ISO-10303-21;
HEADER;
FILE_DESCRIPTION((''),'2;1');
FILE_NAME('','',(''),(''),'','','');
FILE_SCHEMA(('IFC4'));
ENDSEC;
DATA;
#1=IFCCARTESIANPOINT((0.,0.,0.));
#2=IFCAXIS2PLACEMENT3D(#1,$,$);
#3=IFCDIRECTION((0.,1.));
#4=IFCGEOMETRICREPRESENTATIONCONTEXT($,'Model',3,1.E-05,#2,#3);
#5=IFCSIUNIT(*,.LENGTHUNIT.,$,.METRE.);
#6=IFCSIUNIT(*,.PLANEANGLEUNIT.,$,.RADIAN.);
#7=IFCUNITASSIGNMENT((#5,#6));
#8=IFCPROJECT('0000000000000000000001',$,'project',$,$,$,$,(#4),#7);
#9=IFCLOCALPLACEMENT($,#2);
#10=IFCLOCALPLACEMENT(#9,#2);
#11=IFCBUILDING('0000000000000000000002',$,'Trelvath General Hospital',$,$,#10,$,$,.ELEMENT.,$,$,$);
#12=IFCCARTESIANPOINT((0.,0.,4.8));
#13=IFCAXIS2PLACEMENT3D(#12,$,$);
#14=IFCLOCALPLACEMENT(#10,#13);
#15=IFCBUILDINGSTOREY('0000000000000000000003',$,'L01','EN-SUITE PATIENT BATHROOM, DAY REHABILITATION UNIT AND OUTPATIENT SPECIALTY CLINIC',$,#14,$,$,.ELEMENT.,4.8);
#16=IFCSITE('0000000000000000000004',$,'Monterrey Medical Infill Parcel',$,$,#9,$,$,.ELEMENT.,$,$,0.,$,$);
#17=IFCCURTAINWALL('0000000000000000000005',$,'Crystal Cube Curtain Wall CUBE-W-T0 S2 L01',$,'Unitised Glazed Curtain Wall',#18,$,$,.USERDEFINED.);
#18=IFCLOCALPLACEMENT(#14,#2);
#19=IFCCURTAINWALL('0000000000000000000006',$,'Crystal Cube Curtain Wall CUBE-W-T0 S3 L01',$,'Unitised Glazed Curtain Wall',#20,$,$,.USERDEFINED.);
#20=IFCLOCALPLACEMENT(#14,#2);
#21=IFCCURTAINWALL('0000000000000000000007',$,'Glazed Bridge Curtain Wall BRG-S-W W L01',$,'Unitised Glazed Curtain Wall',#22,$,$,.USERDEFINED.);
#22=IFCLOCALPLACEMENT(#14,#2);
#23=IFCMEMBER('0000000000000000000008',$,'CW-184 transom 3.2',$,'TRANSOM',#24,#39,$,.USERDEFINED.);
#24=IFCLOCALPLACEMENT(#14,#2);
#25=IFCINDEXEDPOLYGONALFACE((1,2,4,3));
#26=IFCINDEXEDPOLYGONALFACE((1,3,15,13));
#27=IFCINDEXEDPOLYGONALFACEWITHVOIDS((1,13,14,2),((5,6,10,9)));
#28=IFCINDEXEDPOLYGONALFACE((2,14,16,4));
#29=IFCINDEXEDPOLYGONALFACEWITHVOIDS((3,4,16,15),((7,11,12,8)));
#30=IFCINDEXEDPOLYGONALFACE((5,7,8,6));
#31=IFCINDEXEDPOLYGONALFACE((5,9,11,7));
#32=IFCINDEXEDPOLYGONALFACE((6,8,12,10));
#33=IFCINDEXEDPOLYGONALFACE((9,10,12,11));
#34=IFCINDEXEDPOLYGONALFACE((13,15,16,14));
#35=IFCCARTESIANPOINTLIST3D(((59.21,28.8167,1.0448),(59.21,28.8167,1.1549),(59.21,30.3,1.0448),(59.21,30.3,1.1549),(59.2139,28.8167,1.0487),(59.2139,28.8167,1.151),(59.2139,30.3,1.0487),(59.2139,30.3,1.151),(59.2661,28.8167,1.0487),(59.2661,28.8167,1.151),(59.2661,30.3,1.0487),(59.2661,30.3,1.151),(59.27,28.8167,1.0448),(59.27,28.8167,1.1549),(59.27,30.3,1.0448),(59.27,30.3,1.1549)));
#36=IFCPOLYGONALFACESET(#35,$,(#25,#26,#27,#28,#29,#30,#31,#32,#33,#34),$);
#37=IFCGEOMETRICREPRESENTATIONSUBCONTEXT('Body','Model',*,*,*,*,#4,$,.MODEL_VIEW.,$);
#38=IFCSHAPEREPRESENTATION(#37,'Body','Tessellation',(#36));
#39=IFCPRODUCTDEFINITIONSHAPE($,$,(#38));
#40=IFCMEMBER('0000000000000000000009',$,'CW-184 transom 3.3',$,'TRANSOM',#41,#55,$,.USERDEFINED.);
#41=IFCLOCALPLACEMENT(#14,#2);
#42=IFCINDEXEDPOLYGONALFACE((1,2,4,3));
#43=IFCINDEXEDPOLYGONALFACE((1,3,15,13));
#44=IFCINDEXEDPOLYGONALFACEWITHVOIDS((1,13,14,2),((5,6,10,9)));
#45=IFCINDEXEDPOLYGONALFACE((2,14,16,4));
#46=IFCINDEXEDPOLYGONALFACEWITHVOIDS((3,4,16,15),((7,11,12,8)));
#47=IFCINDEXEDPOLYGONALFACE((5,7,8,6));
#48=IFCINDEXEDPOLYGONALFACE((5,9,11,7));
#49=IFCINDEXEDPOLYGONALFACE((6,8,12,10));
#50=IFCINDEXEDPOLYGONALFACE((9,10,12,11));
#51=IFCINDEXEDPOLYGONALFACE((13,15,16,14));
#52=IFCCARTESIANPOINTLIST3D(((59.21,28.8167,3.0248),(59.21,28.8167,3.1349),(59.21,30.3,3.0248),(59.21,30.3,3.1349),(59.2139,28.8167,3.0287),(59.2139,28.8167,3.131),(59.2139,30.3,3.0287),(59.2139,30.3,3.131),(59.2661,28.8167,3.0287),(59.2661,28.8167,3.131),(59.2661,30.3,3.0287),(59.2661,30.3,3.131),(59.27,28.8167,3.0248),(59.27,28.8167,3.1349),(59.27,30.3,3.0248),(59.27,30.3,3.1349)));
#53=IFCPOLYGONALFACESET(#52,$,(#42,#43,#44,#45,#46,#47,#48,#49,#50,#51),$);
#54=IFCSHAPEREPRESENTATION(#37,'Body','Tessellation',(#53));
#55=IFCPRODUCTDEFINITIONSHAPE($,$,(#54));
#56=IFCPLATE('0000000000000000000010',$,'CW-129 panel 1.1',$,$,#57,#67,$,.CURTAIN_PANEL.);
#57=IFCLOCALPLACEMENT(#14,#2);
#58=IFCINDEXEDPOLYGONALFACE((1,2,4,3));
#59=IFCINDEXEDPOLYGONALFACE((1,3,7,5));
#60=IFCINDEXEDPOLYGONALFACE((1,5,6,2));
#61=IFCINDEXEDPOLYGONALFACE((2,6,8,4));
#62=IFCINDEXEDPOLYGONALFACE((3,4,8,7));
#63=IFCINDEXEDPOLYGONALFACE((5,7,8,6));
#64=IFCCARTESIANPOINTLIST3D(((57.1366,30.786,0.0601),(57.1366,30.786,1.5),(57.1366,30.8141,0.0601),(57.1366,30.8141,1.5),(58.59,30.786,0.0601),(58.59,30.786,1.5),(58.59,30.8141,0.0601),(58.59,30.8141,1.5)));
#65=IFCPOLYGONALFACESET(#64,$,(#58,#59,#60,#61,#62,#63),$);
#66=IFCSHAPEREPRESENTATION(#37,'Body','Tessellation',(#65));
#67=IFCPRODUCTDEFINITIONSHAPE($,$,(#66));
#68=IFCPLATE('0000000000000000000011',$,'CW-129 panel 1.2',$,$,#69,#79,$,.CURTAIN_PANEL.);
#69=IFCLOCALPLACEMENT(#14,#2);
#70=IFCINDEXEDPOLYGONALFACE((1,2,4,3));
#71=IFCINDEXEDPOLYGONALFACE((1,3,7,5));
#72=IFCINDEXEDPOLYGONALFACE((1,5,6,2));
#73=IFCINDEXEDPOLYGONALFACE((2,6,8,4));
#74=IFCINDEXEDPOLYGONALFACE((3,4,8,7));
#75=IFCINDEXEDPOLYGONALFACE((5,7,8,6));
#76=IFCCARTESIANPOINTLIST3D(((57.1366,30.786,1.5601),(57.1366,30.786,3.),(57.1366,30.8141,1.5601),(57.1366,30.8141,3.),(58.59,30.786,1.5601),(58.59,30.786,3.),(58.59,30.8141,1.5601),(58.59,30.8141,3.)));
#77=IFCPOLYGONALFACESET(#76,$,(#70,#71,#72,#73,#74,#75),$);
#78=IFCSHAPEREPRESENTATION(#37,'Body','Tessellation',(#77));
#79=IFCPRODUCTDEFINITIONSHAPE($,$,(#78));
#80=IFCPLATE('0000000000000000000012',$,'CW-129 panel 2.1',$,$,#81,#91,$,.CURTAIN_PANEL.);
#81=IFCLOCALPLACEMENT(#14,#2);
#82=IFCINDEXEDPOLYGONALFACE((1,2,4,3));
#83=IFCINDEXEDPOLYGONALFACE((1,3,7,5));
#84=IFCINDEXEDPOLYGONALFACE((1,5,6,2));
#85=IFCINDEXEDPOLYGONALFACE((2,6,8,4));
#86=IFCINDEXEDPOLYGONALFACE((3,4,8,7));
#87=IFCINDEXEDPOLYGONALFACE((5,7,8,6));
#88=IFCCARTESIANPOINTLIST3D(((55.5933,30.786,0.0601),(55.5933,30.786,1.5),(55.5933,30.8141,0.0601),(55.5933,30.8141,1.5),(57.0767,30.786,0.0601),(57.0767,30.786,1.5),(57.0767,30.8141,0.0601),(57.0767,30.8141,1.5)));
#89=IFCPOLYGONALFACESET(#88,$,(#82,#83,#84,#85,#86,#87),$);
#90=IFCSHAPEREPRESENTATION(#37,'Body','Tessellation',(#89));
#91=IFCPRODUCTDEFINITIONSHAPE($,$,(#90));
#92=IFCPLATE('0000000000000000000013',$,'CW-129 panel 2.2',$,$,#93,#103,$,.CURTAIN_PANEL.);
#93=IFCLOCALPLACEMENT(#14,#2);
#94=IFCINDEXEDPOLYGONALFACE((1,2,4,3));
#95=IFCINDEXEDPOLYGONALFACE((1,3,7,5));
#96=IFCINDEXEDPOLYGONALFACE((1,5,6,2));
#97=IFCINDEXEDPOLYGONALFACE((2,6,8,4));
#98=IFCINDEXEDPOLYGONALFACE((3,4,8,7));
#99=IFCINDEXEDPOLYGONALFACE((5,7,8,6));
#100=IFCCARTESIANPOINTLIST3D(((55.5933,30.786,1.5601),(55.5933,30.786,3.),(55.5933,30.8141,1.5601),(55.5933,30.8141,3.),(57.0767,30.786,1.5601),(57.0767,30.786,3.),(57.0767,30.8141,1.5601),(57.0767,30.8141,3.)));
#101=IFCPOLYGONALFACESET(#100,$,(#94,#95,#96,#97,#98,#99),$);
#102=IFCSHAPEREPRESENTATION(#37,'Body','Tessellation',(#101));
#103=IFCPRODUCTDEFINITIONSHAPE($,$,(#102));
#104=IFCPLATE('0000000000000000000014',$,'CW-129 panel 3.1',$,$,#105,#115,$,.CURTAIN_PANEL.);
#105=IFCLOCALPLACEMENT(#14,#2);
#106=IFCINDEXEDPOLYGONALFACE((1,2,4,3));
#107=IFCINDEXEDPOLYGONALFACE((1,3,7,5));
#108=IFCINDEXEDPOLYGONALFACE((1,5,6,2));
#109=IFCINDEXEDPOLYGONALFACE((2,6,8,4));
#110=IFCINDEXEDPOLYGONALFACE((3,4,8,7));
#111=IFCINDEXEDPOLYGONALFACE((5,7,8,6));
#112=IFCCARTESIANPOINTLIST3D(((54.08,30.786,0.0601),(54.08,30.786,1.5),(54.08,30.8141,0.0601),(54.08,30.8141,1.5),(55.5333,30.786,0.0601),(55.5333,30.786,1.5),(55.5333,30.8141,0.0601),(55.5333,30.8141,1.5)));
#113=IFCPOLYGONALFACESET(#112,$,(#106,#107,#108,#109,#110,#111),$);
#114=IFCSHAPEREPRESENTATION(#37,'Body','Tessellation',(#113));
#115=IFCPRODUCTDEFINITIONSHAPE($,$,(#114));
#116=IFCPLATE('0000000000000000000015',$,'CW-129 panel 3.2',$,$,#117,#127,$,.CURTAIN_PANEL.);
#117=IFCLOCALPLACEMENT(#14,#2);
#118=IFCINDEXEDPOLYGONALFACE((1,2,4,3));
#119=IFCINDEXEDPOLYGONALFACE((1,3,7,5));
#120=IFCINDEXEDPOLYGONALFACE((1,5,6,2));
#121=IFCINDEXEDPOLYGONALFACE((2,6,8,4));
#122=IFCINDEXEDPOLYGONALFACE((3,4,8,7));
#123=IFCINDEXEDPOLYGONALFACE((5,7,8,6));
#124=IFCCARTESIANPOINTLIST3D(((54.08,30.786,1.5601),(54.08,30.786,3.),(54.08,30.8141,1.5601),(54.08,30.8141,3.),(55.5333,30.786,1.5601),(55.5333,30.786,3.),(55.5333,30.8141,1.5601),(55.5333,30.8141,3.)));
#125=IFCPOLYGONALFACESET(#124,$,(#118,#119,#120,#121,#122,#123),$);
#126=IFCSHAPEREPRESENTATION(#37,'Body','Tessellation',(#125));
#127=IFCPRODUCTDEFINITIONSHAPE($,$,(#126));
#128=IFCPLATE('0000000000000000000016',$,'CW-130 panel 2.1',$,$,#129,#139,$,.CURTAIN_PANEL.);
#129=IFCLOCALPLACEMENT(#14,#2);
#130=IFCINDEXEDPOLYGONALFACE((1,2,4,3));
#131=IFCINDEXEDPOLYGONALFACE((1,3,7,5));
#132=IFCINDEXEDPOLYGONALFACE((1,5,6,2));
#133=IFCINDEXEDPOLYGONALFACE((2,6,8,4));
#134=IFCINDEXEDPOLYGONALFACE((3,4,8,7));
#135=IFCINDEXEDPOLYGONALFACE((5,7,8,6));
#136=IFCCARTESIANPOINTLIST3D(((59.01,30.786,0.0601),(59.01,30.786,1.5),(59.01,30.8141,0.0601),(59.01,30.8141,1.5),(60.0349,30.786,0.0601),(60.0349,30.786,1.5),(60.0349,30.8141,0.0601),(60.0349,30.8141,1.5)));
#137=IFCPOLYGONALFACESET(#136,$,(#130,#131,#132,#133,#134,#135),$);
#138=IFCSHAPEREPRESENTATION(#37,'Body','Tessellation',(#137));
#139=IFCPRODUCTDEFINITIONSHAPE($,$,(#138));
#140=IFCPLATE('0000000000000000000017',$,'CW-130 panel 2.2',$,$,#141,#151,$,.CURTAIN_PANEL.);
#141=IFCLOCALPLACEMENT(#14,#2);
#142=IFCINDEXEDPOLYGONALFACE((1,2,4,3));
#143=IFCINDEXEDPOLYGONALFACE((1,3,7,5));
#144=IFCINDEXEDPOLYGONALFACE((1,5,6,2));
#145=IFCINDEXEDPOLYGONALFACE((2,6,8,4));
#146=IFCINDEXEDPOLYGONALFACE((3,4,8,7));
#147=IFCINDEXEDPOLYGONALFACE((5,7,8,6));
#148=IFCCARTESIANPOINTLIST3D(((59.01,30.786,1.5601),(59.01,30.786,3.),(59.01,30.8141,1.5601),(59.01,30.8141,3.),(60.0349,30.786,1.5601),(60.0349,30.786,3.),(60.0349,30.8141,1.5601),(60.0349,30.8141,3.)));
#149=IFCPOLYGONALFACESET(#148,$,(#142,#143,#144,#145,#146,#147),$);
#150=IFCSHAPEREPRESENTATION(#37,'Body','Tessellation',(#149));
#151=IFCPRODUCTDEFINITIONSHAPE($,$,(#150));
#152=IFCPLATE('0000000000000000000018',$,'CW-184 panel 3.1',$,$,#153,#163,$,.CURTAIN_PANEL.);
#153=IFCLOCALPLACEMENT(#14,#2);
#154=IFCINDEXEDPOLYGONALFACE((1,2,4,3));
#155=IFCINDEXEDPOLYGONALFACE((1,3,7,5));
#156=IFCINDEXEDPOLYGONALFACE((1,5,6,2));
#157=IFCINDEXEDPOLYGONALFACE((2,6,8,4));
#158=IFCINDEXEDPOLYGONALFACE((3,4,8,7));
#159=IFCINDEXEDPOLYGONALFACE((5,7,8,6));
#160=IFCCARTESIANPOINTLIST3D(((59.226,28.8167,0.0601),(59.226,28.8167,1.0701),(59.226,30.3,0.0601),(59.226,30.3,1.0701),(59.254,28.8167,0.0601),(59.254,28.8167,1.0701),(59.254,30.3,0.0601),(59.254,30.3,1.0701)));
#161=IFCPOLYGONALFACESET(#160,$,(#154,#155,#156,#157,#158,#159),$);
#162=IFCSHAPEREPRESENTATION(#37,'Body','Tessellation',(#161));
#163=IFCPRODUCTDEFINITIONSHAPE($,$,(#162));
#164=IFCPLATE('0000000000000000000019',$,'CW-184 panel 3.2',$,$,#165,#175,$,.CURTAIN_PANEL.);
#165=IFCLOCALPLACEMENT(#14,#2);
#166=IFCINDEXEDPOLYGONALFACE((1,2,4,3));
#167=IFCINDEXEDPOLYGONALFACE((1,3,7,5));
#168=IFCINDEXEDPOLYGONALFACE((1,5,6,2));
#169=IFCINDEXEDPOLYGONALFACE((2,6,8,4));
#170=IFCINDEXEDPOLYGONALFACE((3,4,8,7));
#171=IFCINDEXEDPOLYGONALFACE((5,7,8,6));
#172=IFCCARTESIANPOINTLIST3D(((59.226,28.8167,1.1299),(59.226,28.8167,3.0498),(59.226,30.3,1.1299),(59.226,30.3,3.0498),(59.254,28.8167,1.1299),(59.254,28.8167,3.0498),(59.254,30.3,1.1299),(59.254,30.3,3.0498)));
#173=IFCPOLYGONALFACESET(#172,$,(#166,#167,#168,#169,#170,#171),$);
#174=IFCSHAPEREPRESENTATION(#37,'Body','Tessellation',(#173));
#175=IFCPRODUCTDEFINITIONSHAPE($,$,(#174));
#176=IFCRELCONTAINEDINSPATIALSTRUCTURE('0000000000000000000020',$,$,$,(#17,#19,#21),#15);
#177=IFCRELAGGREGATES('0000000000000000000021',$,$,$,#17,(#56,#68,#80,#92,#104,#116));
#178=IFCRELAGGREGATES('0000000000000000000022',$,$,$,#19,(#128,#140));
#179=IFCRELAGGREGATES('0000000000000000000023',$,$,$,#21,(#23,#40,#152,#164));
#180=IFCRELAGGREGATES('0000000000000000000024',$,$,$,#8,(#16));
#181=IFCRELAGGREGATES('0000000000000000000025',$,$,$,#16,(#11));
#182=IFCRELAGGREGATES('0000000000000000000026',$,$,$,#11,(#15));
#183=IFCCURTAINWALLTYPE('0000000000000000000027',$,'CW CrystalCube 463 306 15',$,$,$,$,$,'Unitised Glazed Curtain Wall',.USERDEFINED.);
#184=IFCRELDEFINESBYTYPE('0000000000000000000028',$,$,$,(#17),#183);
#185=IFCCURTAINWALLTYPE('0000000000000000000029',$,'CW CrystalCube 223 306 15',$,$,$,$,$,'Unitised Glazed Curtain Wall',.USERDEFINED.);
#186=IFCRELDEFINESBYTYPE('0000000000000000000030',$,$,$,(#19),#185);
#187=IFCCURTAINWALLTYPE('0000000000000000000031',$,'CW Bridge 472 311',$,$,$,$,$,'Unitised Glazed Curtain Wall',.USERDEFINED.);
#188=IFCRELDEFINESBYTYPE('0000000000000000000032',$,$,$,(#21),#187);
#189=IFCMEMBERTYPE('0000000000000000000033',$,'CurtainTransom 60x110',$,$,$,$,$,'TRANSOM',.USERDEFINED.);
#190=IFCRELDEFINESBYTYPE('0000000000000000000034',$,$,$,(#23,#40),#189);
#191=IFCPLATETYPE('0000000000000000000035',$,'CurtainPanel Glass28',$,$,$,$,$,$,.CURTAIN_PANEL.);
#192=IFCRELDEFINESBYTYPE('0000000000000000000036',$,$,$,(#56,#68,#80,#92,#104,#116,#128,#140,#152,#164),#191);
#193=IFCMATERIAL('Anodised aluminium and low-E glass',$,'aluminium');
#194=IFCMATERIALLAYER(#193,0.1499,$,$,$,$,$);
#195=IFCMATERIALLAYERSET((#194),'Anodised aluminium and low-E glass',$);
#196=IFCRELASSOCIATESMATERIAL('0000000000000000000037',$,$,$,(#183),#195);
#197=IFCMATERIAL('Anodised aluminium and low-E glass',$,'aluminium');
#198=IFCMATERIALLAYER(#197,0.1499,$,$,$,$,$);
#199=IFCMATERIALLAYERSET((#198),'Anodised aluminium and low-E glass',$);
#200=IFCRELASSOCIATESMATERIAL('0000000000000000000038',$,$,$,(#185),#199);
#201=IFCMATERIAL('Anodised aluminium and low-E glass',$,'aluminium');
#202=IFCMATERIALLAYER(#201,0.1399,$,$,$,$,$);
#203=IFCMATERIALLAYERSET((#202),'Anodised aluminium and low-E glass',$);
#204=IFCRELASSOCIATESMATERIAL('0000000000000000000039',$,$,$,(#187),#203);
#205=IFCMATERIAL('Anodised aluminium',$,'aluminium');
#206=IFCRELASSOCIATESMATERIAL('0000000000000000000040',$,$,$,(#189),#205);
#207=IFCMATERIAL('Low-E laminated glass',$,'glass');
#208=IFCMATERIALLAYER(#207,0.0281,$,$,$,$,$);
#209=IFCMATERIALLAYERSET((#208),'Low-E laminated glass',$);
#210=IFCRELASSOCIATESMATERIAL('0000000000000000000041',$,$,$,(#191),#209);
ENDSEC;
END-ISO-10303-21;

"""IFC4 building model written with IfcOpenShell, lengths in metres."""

from ifc_helpers import new_model, si_unit, direction, frame, origin, origin_2d, place, context, subcontext, project, spatial, rectangle, hollow_rectangle, extrude, material, layer, layer_set, material_profile, profile_set, type_object, element, aggregate, save


model = new_model("IFC4")

# Units and contexts
model_context = context("Model", 3, precision=1e-05, world=origin(), true_north=direction((0.0, 1.0)))
body_context = subcontext(model_context, "Body", "Model", "MODEL_VIEW")
ifc_project = project(units=[si_unit("LENGTHUNIT", "METRE"), si_unit("PLANEANGLEUNIT", "RADIAN")], contexts=[model_context])

# Site, building, storey
site_placement = place(None, origin())
site = spatial("IfcSite", under=ifc_project, at=site_placement, Name="Monterrey Medical Infill Parcel", CompositionType="ELEMENT", RefElevation=0.0)
building_placement = place(site_placement, origin())
building = spatial("IfcBuilding", under=site, at=building_placement, Name="Trelvath General Hospital", CompositionType="ELEMENT")
storey_placement = place(building_placement, frame((0.0, 0.0, 4.8)))
storey = spatial("IfcBuildingStorey", under=building, at=storey_placement, Name="L01", Description="EN-SUITE PATIENT BATHROOM, DAY REHABILITATION UNIT AND OUTPATIENT SPECIALTY CLINIC", CompositionType="ELEMENT", Elevation=4.8)

# Curtain walls
ifc_material_1 = material(Name="Anodised aluminium and low-E glass", Category="aluminium")
ifc_layer_1 = layer(ifc_material_1, 0.1499)
ifc_layer_set_1 = layer_set([ifc_layer_1], Name="Anodised aluminium and low-E glass")
curtain_wall_type_1 = type_object("IfcCurtainWallType", Name="CW CrystalCube 463 306 15", ElementType="Unitised Glazed Curtain Wall", PredefinedType="USERDEFINED", material=ifc_layer_set_1)
curtain_wall_1_placement = place(storey_placement, origin())
curtain_wall_1 = element("IfcCurtainWall", 1, at=curtain_wall_1_placement, inside=storey, type_object=curtain_wall_type_1, Name="Crystal Cube Curtain Wall CUBE-W-T0 S2 L01", ObjectType="Unitised Glazed Curtain Wall", PredefinedType="USERDEFINED")
ifc_material_2 = material(Name="Anodised aluminium and low-E glass", Category="aluminium")
ifc_layer_2 = layer(ifc_material_2, 0.1499)
ifc_layer_set_2 = layer_set([ifc_layer_2], Name="Anodised aluminium and low-E glass")
curtain_wall_type_2 = type_object("IfcCurtainWallType", Name="CW CrystalCube 223 306 15", ElementType="Unitised Glazed Curtain Wall", PredefinedType="USERDEFINED", material=ifc_layer_set_2)
curtain_wall_2_placement = place(storey_placement, origin())
curtain_wall_2 = element("IfcCurtainWall", 2, at=curtain_wall_2_placement, inside=storey, type_object=curtain_wall_type_2, Name="Crystal Cube Curtain Wall CUBE-W-T0 S3 L01", ObjectType="Unitised Glazed Curtain Wall", PredefinedType="USERDEFINED")
ifc_material_3 = material(Name="Anodised aluminium and low-E glass", Category="aluminium")
ifc_layer_3 = layer(ifc_material_3, 0.1399)
ifc_layer_set_3 = layer_set([ifc_layer_3], Name="Anodised aluminium and low-E glass")
curtain_wall_type_3 = type_object("IfcCurtainWallType", Name="CW Bridge 472 311", ElementType="Unitised Glazed Curtain Wall", PredefinedType="USERDEFINED", material=ifc_layer_set_3)
curtain_wall_3_placement = place(storey_placement, origin())
curtain_wall_3 = element("IfcCurtainWall", 3, at=curtain_wall_3_placement, inside=storey, type_object=curtain_wall_type_3, Name="Glazed Bridge Curtain Wall BRG-S-W W L01", ObjectType="Unitised Glazed Curtain Wall", PredefinedType="USERDEFINED")

# Members
ifc_material_4 = material(Name="Anodised aluminium", Category="aluminium")
ifc_material_profile_1 = material_profile(ifc_material_4, hollow_rectangle(XDim=0.0601, YDim=0.1101, WallThickness=0.0039, at=origin_2d()), Name="RHS60x110x4")
ifc_profile_set_1 = profile_set([ifc_material_profile_1], Name="Anodised aluminium")
member_type_1 = type_object("IfcMemberType", Name="CurtainTransom 60x110", ElementType="TRANSOM", PredefinedType="USERDEFINED", material=ifc_profile_set_1)
member_1_placement = place(storey_placement, frame((59.24, 28.8167, 1.0999), z_axis=(0.0, 1.0, 0.0), x_axis=(-1.0, 0.0, 0.0)))
member_1 = element("IfcMember", 4, at=member_1_placement, type_object=member_type_1, Name="CW-184 transom 3.2", ObjectType="TRANSOM", PredefinedType="USERDEFINED", context=body_context, shape_type="SweptSolid", body=[
    extrude(hollow_rectangle(XDim=0.0601, YDim=0.1101, WallThickness=0.0039, at=origin_2d()), origin(), (0.0, 0.0, 1.0), 1.4834),
])
member_2_placement = place(storey_placement, frame((59.24, 28.8167, 3.0798), z_axis=(0.0, 1.0, 0.0), x_axis=(-1.0, 0.0, 0.0)))
member_2 = element("IfcMember", 5, at=member_2_placement, type_object=member_type_1, Name="CW-184 transom 3.3", ObjectType="TRANSOM", PredefinedType="USERDEFINED", context=body_context, shape_type="SweptSolid", body=[
    extrude(hollow_rectangle(XDim=0.0601, YDim=0.1101, WallThickness=0.0039, at=origin_2d()), origin(), (0.0, 0.0, 1.0), 1.4834),
])

# Plates
ifc_material_5 = material(Name="Low-E laminated glass", Category="glass")
ifc_layer_4 = layer(ifc_material_5, 0.0281)
ifc_layer_set_4 = layer_set([ifc_layer_4], Name="Low-E laminated glass")
plate_type = type_object("IfcPlateType", Name="CurtainPanel Glass28", PredefinedType="CURTAIN_PANEL", material=ifc_layer_set_4)
plate_1_placement = place(storey_placement, frame((57.8633, 30.8, 0.0601), z_axis=(0.0, 0.0, 1.0), x_axis=(-1.0, 0.0, 0.0)))
plate_1 = element("IfcPlate", 6, at=plate_1_placement, type_object=plate_type, Name="CW-129 panel 1.1", PredefinedType="CURTAIN_PANEL", context=body_context, shape_type="SweptSolid", body=[
    extrude(rectangle(XDim=1.4534, YDim=0.0281, at=origin_2d()), origin(), (0.0, 0.0, 1.0), 1.4399),
])
plate_2_placement = place(storey_placement, frame((57.8633, 30.8, 1.5601), z_axis=(0.0, 0.0, 1.0), x_axis=(-1.0, 0.0, 0.0)))
plate_2 = element("IfcPlate", 7, at=plate_2_placement, type_object=plate_type, Name="CW-129 panel 1.2", PredefinedType="CURTAIN_PANEL", context=body_context, shape_type="SweptSolid", body=[
    extrude(rectangle(XDim=1.4534, YDim=0.0281, at=origin_2d()), origin(), (0.0, 0.0, 1.0), 1.4399),
])
plate_3_placement = place(storey_placement, frame((56.335, 30.8, 0.0601), z_axis=(0.0, 0.0, 1.0), x_axis=(-1.0, 0.0, 0.0)))
plate_3 = element("IfcPlate", 8, at=plate_3_placement, type_object=plate_type, Name="CW-129 panel 2.1", PredefinedType="CURTAIN_PANEL", context=body_context, shape_type="SweptSolid", body=[
    extrude(rectangle(XDim=1.4834, YDim=0.0281, at=origin_2d()), origin(), (0.0, 0.0, 1.0), 1.4399),
])
plate_4_placement = place(storey_placement, frame((56.335, 30.8, 1.5601), z_axis=(0.0, 0.0, 1.0), x_axis=(-1.0, 0.0, 0.0)))
plate_4 = element("IfcPlate", 9, at=plate_4_placement, type_object=plate_type, Name="CW-129 panel 2.2", PredefinedType="CURTAIN_PANEL", context=body_context, shape_type="SweptSolid", body=[
    extrude(rectangle(XDim=1.4834, YDim=0.0281, at=origin_2d()), origin(), (0.0, 0.0, 1.0), 1.4399),
])
plate_5_placement = place(storey_placement, frame((54.8066, 30.8, 0.0601), z_axis=(0.0, 0.0, 1.0), x_axis=(-1.0, 0.0, 0.0)))
plate_5 = element("IfcPlate", 10, at=plate_5_placement, type_object=plate_type, Name="CW-129 panel 3.1", PredefinedType="CURTAIN_PANEL", context=body_context, shape_type="SweptSolid", body=[
    extrude(rectangle(XDim=1.4534, YDim=0.0281, at=origin_2d()), origin(), (0.0, 0.0, 1.0), 1.4399),
])
plate_6_placement = place(storey_placement, frame((54.8066, 30.8, 1.5601), z_axis=(0.0, 0.0, 1.0), x_axis=(-1.0, 0.0, 0.0)))
plate_6 = element("IfcPlate", 11, at=plate_6_placement, type_object=plate_type, Name="CW-129 panel 3.2", PredefinedType="CURTAIN_PANEL", context=body_context, shape_type="SweptSolid", body=[
    extrude(rectangle(XDim=1.4534, YDim=0.0281, at=origin_2d()), origin(), (0.0, 0.0, 1.0), 1.4399),
])
aggregate(curtain_wall_1, [plate_1, plate_2, plate_3, plate_4, plate_5, plate_6])
plate_7_placement = place(storey_placement, frame((59.5225, 30.8, 0.0601), z_axis=(0.0, 0.0, 1.0), x_axis=(-1.0, 0.0, 0.0)))
plate_7 = element("IfcPlate", 12, at=plate_7_placement, type_object=plate_type, Name="CW-130 panel 2.1", PredefinedType="CURTAIN_PANEL", context=body_context, shape_type="SweptSolid", body=[
    extrude(rectangle(XDim=1.0249, YDim=0.0281, at=origin_2d()), origin(), (0.0, 0.0, 1.0), 1.4399),
])
plate_8_placement = place(storey_placement, frame((59.5225, 30.8, 1.5601), z_axis=(0.0, 0.0, 1.0), x_axis=(-1.0, 0.0, 0.0)))
plate_8 = element("IfcPlate", 13, at=plate_8_placement, type_object=plate_type, Name="CW-130 panel 2.2", PredefinedType="CURTAIN_PANEL", context=body_context, shape_type="SweptSolid", body=[
    extrude(rectangle(XDim=1.0249, YDim=0.0281, at=origin_2d()), origin(), (0.0, 0.0, 1.0), 1.4399),
])
aggregate(curtain_wall_2, [plate_7, plate_8])
plate_9_placement = place(storey_placement, frame((59.24, 29.5583, 0.0601), z_axis=(0.0, 0.0, 1.0), x_axis=(0.0, 1.0, 0.0)))
plate_9 = element("IfcPlate", 14, at=plate_9_placement, type_object=plate_type, Name="CW-184 panel 3.1", PredefinedType="CURTAIN_PANEL", context=body_context, shape_type="SweptSolid", body=[
    extrude(rectangle(XDim=1.4834, YDim=0.0281, at=origin_2d()), origin(), (0.0, 0.0, 1.0), 1.01),
])
plate_10_placement = place(storey_placement, frame((59.24, 29.5583, 1.1299), z_axis=(0.0, 0.0, 1.0), x_axis=(0.0, 1.0, 0.0)))
plate_10 = element("IfcPlate", 15, at=plate_10_placement, type_object=plate_type, Name="CW-184 panel 3.2", PredefinedType="CURTAIN_PANEL", context=body_context, shape_type="SweptSolid", body=[
    extrude(rectangle(XDim=1.4834, YDim=0.0281, at=origin_2d()), origin(), (0.0, 0.0, 1.0), 1.9199),
])
aggregate(curtain_wall_3, [member_1, member_2, plate_9, plate_10])

save(model, "model.ifc")
